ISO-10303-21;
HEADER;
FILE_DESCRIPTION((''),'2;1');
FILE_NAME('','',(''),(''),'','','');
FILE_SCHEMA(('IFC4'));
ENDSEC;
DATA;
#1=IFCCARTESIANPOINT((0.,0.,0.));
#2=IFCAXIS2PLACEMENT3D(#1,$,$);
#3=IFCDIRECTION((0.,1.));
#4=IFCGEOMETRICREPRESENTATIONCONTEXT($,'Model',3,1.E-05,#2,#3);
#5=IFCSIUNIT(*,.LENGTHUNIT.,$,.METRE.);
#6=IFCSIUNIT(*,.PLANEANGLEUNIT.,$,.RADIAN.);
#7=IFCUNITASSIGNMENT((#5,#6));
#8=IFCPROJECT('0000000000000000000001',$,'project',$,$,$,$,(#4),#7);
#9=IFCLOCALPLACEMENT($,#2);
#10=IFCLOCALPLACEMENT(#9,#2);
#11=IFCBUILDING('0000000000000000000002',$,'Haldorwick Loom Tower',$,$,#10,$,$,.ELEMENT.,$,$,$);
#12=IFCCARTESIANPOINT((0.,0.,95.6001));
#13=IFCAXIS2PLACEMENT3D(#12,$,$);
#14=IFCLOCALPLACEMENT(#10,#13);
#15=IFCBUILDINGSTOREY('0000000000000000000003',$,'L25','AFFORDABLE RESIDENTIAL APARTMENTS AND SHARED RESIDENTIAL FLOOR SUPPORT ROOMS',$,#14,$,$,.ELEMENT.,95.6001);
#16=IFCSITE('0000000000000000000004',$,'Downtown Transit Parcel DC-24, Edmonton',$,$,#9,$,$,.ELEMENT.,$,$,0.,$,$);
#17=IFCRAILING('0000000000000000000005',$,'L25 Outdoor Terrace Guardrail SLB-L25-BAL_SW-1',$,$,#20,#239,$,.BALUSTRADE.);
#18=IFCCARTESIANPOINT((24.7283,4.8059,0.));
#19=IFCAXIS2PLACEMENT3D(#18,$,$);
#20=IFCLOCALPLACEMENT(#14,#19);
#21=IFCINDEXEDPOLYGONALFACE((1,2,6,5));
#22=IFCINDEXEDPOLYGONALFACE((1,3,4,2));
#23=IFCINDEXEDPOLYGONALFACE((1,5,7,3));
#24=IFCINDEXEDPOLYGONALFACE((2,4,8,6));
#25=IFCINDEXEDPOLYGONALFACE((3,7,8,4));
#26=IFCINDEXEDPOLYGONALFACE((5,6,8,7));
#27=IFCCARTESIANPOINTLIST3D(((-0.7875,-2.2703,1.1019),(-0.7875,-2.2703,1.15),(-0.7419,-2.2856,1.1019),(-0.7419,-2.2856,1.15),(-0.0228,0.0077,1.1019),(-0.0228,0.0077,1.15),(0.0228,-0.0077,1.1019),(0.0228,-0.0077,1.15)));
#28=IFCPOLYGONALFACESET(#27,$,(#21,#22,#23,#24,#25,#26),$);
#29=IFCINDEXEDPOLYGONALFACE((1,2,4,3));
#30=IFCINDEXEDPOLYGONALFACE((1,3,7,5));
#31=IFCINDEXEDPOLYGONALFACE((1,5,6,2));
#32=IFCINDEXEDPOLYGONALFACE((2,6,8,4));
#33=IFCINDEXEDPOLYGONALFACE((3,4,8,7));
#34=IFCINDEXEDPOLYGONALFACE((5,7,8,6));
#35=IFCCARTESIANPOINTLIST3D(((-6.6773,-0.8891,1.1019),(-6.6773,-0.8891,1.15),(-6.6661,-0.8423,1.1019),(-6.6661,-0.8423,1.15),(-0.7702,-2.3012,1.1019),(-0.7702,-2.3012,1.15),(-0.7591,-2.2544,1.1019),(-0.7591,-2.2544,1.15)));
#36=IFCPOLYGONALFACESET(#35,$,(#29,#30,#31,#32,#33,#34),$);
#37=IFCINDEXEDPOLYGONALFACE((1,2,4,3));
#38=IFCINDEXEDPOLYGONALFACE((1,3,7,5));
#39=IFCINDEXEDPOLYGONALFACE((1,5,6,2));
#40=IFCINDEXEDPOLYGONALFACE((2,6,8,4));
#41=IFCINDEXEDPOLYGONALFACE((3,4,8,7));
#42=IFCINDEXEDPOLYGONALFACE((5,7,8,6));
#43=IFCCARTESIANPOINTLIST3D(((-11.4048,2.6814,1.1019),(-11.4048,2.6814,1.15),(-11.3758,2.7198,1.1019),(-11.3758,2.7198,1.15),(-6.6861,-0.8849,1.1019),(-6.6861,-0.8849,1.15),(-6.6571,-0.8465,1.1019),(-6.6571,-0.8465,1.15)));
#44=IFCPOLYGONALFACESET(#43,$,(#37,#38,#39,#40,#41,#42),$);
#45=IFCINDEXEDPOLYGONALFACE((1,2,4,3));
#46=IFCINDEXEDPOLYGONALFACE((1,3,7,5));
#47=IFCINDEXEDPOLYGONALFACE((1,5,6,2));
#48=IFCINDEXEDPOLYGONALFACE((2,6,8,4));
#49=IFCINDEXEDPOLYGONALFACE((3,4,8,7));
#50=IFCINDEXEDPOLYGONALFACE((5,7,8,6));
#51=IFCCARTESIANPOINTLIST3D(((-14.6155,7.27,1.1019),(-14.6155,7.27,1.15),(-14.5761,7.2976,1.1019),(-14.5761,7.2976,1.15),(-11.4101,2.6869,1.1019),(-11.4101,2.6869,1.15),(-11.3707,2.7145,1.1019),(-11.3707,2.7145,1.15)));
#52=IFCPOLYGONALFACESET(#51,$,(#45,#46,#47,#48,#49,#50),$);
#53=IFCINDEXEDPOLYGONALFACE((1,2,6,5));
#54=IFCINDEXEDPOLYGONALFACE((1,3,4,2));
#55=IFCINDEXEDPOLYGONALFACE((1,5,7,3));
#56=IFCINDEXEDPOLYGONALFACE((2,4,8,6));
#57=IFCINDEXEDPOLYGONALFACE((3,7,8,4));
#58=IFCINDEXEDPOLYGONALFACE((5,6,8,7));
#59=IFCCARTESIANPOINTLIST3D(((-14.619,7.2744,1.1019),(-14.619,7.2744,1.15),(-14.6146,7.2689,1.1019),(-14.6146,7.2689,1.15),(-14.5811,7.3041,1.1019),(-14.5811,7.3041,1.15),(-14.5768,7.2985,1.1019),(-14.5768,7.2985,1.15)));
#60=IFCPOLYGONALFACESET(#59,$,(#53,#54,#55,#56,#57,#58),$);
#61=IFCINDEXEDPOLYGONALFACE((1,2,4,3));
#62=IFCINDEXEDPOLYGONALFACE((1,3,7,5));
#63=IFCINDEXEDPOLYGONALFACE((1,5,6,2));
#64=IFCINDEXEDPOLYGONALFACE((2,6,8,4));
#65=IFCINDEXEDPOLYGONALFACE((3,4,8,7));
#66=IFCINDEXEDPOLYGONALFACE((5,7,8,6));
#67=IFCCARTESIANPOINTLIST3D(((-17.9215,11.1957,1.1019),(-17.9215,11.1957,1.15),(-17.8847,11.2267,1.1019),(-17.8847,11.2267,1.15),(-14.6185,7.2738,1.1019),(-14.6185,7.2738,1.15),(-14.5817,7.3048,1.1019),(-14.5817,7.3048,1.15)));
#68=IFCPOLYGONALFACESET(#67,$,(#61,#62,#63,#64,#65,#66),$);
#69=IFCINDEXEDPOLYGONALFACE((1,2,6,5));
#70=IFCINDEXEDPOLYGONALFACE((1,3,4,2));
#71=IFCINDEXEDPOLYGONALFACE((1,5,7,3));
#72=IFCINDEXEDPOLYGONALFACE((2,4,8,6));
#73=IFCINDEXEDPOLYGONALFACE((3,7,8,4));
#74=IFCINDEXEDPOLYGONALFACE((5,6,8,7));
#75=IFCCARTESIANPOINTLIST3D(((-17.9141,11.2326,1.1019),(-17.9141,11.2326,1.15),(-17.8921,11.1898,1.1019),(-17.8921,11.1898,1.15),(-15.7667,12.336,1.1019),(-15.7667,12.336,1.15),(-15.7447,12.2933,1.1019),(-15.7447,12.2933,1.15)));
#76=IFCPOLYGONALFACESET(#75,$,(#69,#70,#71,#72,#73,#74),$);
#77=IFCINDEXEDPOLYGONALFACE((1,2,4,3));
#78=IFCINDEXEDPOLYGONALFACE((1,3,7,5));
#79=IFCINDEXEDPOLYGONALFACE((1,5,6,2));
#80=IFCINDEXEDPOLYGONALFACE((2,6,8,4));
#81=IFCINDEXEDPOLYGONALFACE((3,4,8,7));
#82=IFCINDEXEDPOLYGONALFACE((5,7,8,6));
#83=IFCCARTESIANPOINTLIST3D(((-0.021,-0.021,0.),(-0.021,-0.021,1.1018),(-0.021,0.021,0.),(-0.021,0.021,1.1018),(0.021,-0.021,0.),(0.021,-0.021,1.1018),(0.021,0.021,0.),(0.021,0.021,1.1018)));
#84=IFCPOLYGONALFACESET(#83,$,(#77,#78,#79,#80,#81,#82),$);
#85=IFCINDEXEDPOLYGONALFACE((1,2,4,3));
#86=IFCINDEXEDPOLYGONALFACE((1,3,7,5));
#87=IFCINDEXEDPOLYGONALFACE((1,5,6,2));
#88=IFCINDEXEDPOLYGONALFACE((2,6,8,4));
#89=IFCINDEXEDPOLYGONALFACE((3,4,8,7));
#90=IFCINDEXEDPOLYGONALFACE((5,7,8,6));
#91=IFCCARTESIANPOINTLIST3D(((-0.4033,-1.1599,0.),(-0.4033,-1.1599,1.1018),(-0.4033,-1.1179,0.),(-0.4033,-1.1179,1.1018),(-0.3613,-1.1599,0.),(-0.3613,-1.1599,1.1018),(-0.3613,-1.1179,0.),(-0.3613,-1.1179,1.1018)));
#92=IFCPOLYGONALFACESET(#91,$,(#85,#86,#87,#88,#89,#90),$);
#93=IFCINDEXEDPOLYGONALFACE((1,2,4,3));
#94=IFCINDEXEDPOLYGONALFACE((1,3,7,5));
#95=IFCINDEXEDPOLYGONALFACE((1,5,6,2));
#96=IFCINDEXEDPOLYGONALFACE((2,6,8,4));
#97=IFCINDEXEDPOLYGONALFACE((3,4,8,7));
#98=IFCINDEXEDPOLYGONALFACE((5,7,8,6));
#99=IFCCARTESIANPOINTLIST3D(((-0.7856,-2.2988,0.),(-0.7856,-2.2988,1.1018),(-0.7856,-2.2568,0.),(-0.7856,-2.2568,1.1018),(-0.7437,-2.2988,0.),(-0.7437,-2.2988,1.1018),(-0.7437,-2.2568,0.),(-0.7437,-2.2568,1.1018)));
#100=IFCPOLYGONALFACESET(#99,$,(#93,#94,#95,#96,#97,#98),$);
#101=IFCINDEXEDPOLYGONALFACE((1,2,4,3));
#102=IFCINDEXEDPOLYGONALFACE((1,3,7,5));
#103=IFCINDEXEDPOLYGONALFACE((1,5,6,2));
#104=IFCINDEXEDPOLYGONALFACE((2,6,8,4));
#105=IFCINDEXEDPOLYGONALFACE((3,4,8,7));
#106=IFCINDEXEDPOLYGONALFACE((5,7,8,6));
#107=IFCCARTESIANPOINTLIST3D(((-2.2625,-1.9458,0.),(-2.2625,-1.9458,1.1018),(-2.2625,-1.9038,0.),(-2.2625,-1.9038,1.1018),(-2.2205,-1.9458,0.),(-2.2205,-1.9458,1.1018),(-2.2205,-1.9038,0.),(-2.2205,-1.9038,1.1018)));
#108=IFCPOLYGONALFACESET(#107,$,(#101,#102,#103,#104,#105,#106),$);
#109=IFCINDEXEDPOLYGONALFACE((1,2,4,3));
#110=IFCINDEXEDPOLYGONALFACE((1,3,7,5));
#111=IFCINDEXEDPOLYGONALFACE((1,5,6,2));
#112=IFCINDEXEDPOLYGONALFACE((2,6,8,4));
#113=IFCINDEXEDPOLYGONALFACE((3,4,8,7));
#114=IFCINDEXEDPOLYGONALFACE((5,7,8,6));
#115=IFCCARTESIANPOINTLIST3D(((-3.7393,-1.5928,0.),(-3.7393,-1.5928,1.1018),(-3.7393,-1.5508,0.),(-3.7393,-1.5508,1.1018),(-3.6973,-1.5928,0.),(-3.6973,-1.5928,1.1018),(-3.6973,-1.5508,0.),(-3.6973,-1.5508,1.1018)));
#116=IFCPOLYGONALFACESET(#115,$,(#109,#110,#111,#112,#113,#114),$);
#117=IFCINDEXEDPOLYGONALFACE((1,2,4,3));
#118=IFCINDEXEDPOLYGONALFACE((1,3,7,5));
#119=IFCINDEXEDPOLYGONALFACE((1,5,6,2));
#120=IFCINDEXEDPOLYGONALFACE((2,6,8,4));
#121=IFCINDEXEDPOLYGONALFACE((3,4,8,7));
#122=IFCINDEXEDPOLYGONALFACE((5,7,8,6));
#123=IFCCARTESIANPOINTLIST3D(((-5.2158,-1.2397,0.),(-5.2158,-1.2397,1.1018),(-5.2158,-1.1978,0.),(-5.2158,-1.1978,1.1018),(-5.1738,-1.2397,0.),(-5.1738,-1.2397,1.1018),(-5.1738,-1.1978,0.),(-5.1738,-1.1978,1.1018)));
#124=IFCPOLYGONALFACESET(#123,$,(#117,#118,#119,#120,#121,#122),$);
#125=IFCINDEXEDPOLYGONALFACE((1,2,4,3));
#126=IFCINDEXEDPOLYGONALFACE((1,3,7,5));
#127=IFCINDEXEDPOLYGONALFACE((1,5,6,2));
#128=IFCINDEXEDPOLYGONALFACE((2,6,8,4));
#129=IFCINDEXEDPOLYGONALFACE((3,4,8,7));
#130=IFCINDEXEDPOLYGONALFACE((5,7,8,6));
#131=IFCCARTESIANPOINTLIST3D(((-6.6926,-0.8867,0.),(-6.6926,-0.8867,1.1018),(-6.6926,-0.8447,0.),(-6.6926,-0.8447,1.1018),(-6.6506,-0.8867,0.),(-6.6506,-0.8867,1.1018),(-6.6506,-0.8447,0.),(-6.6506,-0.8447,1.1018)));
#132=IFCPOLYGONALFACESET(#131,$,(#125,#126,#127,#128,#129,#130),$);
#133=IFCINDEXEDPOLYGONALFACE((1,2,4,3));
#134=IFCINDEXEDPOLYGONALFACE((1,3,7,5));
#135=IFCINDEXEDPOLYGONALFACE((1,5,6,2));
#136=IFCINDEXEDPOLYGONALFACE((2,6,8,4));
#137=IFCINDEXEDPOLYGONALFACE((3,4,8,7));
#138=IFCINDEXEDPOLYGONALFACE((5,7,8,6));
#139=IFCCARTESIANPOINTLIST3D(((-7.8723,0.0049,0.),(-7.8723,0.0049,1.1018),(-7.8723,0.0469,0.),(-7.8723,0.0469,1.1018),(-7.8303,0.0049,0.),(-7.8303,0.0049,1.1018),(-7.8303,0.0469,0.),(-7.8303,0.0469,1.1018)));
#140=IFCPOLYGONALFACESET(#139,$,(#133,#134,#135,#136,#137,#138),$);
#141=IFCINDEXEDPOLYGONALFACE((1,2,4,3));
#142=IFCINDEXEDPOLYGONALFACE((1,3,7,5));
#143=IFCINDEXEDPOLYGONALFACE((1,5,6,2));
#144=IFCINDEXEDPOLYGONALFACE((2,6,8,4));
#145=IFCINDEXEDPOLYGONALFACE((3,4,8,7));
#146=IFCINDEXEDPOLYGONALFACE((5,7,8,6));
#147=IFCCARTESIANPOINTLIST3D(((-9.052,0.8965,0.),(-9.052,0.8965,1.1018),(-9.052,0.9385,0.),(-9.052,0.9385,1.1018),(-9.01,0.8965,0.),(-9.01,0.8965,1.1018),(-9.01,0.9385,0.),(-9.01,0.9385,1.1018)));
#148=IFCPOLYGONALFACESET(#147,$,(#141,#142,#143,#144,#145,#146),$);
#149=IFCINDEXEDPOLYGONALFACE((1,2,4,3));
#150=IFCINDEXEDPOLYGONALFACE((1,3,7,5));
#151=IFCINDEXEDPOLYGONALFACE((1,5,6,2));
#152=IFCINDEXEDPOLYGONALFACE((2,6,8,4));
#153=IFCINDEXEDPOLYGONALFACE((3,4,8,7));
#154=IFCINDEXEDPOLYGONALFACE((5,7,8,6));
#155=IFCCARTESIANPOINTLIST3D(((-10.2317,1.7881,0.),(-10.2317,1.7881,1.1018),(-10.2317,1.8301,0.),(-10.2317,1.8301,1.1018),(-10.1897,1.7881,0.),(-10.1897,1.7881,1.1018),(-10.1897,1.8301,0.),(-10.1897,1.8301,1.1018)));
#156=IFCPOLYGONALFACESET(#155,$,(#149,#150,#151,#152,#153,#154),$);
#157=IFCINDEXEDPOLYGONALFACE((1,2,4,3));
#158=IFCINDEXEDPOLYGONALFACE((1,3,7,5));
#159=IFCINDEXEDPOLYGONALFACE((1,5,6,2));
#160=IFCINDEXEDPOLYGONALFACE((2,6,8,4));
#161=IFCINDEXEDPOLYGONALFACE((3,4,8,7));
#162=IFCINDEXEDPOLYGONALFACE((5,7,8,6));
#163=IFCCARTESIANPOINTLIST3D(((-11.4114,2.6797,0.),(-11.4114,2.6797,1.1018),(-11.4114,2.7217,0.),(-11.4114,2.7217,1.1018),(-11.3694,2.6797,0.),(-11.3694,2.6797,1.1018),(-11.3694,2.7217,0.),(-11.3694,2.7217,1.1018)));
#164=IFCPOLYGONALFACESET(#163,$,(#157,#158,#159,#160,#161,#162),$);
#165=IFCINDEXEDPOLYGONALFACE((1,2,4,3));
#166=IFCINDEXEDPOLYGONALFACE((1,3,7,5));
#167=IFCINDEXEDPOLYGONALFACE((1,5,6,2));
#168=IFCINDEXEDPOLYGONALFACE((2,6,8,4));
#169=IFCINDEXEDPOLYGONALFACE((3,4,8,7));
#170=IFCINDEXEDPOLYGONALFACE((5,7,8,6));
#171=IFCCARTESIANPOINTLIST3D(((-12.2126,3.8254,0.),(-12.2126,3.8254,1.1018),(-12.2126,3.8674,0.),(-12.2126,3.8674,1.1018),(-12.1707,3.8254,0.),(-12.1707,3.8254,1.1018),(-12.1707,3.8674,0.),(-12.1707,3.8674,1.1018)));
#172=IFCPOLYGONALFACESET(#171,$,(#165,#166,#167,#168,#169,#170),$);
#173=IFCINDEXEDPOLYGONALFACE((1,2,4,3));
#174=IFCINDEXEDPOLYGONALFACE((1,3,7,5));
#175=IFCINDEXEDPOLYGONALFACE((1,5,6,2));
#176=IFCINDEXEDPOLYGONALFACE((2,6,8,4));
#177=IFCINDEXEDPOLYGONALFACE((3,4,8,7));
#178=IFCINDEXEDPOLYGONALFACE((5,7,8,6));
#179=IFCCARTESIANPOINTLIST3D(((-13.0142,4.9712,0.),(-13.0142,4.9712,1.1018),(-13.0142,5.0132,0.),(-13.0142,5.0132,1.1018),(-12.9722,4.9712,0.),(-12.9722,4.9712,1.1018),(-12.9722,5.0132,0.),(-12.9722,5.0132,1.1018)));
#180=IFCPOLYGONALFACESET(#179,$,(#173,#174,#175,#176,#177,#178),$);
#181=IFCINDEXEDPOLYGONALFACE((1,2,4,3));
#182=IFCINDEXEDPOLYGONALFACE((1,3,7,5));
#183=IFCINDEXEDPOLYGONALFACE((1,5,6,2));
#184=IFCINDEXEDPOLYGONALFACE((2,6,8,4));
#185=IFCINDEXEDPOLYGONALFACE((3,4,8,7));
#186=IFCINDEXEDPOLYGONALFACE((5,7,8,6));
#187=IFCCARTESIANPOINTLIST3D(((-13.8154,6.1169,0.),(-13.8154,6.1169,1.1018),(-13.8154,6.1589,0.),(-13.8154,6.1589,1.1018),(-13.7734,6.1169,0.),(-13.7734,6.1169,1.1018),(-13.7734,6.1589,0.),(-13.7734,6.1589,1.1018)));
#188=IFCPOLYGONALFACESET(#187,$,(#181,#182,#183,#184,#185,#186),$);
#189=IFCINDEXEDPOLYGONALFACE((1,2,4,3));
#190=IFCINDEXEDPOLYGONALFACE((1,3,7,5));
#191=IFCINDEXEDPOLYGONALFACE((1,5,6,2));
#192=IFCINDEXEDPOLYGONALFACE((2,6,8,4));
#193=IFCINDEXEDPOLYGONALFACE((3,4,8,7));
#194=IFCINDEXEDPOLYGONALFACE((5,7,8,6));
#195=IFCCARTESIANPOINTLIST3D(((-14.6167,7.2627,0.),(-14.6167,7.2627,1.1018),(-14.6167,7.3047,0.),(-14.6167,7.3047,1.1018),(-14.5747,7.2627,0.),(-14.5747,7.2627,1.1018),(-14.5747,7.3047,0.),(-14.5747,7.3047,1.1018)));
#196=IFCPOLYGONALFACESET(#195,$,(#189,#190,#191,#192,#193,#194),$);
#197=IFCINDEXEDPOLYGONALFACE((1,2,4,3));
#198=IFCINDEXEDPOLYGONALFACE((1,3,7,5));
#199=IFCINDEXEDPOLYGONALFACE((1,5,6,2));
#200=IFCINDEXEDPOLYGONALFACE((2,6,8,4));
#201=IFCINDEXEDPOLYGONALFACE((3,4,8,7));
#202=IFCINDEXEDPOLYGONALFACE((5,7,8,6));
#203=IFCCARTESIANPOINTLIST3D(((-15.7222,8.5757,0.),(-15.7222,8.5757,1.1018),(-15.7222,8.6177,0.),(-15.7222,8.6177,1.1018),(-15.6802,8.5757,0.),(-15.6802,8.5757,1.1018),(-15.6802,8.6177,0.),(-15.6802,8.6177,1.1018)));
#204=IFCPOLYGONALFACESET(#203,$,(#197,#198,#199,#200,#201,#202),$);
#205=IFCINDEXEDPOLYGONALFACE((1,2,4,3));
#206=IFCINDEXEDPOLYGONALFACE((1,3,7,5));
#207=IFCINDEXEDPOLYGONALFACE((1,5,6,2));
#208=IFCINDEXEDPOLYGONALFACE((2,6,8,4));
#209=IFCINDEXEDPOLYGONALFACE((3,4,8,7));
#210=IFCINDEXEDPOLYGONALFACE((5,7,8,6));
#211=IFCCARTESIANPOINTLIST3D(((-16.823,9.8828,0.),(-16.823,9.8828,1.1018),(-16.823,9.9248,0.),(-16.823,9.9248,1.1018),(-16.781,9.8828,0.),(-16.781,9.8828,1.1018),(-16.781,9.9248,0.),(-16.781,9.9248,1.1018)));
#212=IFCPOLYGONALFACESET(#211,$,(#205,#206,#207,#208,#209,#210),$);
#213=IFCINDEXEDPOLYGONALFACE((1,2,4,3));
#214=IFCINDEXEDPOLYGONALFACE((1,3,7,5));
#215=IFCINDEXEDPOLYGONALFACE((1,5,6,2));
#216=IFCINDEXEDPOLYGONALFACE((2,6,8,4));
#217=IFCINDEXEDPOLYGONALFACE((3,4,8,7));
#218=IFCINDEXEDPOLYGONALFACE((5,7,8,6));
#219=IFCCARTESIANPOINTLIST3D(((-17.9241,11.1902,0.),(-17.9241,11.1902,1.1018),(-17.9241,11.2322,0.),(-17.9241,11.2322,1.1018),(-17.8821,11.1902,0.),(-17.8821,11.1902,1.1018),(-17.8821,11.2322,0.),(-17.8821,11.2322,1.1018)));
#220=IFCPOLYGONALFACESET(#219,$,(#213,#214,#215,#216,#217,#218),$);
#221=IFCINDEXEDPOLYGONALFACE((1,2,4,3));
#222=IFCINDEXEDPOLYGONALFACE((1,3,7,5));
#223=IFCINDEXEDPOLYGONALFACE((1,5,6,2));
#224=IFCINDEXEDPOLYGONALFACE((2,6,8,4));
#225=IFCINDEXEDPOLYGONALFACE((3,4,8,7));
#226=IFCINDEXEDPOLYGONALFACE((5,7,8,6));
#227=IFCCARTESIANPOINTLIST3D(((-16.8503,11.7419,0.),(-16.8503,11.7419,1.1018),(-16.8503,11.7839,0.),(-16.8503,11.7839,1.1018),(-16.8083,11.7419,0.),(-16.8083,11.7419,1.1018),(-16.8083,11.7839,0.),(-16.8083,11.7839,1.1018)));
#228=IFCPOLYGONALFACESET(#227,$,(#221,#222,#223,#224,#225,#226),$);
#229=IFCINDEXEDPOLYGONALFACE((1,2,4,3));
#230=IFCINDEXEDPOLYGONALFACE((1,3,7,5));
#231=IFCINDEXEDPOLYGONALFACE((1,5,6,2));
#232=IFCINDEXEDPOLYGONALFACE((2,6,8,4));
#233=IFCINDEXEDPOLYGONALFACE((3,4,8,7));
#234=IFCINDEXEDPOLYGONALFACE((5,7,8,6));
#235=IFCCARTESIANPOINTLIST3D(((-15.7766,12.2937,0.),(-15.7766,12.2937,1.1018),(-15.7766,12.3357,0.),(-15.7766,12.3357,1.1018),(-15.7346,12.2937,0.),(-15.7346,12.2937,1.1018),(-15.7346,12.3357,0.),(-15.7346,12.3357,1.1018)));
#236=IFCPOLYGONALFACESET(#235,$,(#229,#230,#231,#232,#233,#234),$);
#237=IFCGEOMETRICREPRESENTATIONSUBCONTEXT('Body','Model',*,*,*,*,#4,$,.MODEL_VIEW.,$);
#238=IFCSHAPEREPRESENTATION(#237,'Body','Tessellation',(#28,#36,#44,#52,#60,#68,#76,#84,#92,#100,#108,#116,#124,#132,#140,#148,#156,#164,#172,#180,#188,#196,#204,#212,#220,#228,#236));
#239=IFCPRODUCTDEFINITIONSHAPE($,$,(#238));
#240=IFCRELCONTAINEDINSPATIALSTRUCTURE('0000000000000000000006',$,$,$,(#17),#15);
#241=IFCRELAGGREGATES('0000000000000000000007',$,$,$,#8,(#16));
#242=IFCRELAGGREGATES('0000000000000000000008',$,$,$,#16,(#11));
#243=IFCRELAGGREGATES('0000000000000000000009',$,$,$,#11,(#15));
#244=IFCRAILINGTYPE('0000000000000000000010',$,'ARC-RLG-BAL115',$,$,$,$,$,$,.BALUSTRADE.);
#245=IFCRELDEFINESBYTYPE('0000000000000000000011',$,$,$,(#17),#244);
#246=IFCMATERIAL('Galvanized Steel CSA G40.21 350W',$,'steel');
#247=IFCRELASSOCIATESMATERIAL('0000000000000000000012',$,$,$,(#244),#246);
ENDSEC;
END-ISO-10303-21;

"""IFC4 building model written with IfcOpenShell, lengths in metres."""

from ifc_helpers import new_model, si_unit, direction, frame, origin, origin_2d, place, context, subcontext, project, spatial, rectangle, extrude, material, type_object, element, save


model = new_model("IFC4")

# Units and contexts
model_context = context("Model", 3, precision=1e-05, world=origin(), true_north=direction((0.0, 1.0)))
body_context = subcontext(model_context, "Body", "Model", "MODEL_VIEW")
ifc_project = project(units=[si_unit("LENGTHUNIT", "METRE"), si_unit("PLANEANGLEUNIT", "RADIAN")], contexts=[model_context])

# Site, building, storey
site_placement = place(None, origin())
site = spatial("IfcSite", under=ifc_project, at=site_placement, Name="Downtown Transit Parcel DC-24, Edmonton", CompositionType="ELEMENT", RefElevation=0.0)
building_placement = place(site_placement, origin())
building = spatial("IfcBuilding", under=site, at=building_placement, Name="Haldorwick Loom Tower", CompositionType="ELEMENT")
storey_placement = place(building_placement, frame((0.0, 0.0, 95.6001)))
storey = spatial("IfcBuildingStorey", under=building, at=storey_placement, Name="L25", Description="AFFORDABLE RESIDENTIAL APARTMENTS AND SHARED RESIDENTIAL FLOOR SUPPORT ROOMS", CompositionType="ELEMENT", Elevation=95.6001)

# Railing
ifc_material_1 = material(Name="Galvanized Steel CSA G40.21 350W", Category="steel")
railing_type = type_object("IfcRailingType", Name="ARC-RLG-BAL115", PredefinedType="BALUSTRADE", material=ifc_material_1)
railing_placement = place(storey_placement, frame((24.7283, 4.8059, 0.0)))
element("IfcRailing", 1, at=railing_placement, inside=storey, type_object=railing_type, Name="L25 Outdoor Terrace Guardrail SLB-L25-BAL_SW-1", PredefinedType="BALUSTRADE", context=body_context, shape_type="SweptSolid", body=[
    extrude(rectangle(XDim=0.0481, YDim=0.0481, at=origin_2d()), frame((0.0, 0.0, 1.126), z_axis=(-0.318239, -0.948011, 0.0), x_axis=(0.948011, -0.318239, 0.0)), (0.0, 0.0, 1.0), 2.4028),
    extrude(rectangle(XDim=0.0481, YDim=0.0481, at=origin_2d()), frame((-0.7646, -2.2778, 1.126), z_axis=(-0.972595, 0.232506, 0.0), x_axis=(-0.232506, -0.972595, 0.0)), (0.0, 0.0, 1.0), 6.0735),
    extrude(rectangle(XDim=0.0481, YDim=0.0481, at=origin_2d()), frame((-6.6716, -0.8657, 1.126), z_axis=(-0.797776, 0.602955, 0.0), x_axis=(-0.602955, -0.797776, 0.0)), (0.0, 0.0, 1.0), 5.9148),
    extrude(rectangle(XDim=0.0481, YDim=0.0481, at=origin_2d()), frame((-11.3904, 2.7007, 1.126), z_axis=(-0.573128, 0.819466, 0.0), x_axis=(-0.819466, -0.573128, 0.0)), (0.0, 0.0, 1.0), 5.5928),
    extrude(rectangle(XDim=0.0481, YDim=0.0481, at=origin_2d()), frame((-14.5957, 7.2837, 1.126), z_axis=(-0.616308, 0.787505, 0.0), x_axis=(-0.787505, -0.616308, 0.0)), (0.0, 0.0, 1.0), 0.0071),
    extrude(rectangle(XDim=0.0481, YDim=0.0481, at=origin_2d()), frame((-14.6001, 7.2893, 1.126), z_axis=(-0.644175, 0.764878, 0.0), x_axis=(-0.764878, -0.644175, 0.0)), (0.0, 0.0, 1.0), 5.1274),
    extrude(rectangle(XDim=0.0481, YDim=0.0481, at=origin_2d()), frame((-17.9031, 11.2112, 1.126), z_axis=(0.889438, 0.457056, 0.0), x_axis=(-0.457056, 0.889438, 0.0)), (0.0, 0.0, 1.0), 2.4143),
    extrude(rectangle(XDim=0.042, YDim=0.042, at=origin_2d()), origin(), (0.0, 0.0, 1.0), 1.1018),
    extrude(rectangle(XDim=0.042, YDim=0.042, at=origin_2d()), frame((-0.3823, -1.1389, 0.0)), (0.0, 0.0, 1.0), 1.1018),
    extrude(rectangle(XDim=0.042, YDim=0.042, at=origin_2d()), frame((-0.7646, -2.2778, 0.0)), (0.0, 0.0, 1.0), 1.1018),
    extrude(rectangle(XDim=0.042, YDim=0.042, at=origin_2d()), frame((-2.2415, -1.9248, 0.0)), (0.0, 0.0, 1.0), 1.1018),
    extrude(rectangle(XDim=0.042, YDim=0.042, at=origin_2d()), frame((-3.7183, -1.5718, 0.0)), (0.0, 0.0, 1.0), 1.1018),
    extrude(rectangle(XDim=0.042, YDim=0.042, at=origin_2d()), frame((-5.1948, -1.2188, 0.0)), (0.0, 0.0, 1.0), 1.1018),
    extrude(rectangle(XDim=0.042, YDim=0.042, at=origin_2d()), frame((-6.6716, -0.8657, 0.0)), (0.0, 0.0, 1.0), 1.1018),
    extrude(rectangle(XDim=0.042, YDim=0.042, at=origin_2d()), frame((-7.8513, 0.0259, 0.0)), (0.0, 0.0, 1.0), 1.1018),
    extrude(rectangle(XDim=0.042, YDim=0.042, at=origin_2d()), frame((-9.031, 0.9175, 0.0)), (0.0, 0.0, 1.0), 1.1018),
    extrude(rectangle(XDim=0.042, YDim=0.042, at=origin_2d()), frame((-10.2107, 1.8091, 0.0)), (0.0, 0.0, 1.0), 1.1018),
    extrude(rectangle(XDim=0.042, YDim=0.042, at=origin_2d()), frame((-11.3904, 2.7007, 0.0)), (0.0, 0.0, 1.0), 1.1018),
    extrude(rectangle(XDim=0.042, YDim=0.042, at=origin_2d()), frame((-12.1917, 3.8464, 0.0)), (0.0, 0.0, 1.0), 1.1018),
    extrude(rectangle(XDim=0.042, YDim=0.042, at=origin_2d()), frame((-12.9932, 4.9922, 0.0)), (0.0, 0.0, 1.0), 1.1018),
    extrude(rectangle(XDim=0.042, YDim=0.042, at=origin_2d()), frame((-13.7944, 6.1379, 0.0)), (0.0, 0.0, 1.0), 1.1018),
    extrude(rectangle(XDim=0.042, YDim=0.042, at=origin_2d()), frame((-14.5957, 7.2837, 0.0)), (0.0, 0.0, 1.0), 1.1018),
    extrude(rectangle(XDim=0.042, YDim=0.042, at=origin_2d()), frame((-15.7012, 8.5967, 0.0)), (0.0, 0.0, 1.0), 1.1018),
    extrude(rectangle(XDim=0.042, YDim=0.042, at=origin_2d()), frame((-16.802, 9.9038, 0.0)), (0.0, 0.0, 1.0), 1.1018),
    extrude(rectangle(XDim=0.042, YDim=0.042, at=origin_2d()), frame((-17.9031, 11.2112, 0.0)), (0.0, 0.0, 1.0), 1.1018),
    extrude(rectangle(XDim=0.042, YDim=0.042, at=origin_2d()), frame((-16.8293, 11.7629, 0.0)), (0.0, 0.0, 1.0), 1.1018),
    extrude(rectangle(XDim=0.042, YDim=0.042, at=origin_2d()), frame((-15.7556, 12.3147, 0.0)), (0.0, 0.0, 1.0), 1.1018),
])

save(model, "model.ifc")
